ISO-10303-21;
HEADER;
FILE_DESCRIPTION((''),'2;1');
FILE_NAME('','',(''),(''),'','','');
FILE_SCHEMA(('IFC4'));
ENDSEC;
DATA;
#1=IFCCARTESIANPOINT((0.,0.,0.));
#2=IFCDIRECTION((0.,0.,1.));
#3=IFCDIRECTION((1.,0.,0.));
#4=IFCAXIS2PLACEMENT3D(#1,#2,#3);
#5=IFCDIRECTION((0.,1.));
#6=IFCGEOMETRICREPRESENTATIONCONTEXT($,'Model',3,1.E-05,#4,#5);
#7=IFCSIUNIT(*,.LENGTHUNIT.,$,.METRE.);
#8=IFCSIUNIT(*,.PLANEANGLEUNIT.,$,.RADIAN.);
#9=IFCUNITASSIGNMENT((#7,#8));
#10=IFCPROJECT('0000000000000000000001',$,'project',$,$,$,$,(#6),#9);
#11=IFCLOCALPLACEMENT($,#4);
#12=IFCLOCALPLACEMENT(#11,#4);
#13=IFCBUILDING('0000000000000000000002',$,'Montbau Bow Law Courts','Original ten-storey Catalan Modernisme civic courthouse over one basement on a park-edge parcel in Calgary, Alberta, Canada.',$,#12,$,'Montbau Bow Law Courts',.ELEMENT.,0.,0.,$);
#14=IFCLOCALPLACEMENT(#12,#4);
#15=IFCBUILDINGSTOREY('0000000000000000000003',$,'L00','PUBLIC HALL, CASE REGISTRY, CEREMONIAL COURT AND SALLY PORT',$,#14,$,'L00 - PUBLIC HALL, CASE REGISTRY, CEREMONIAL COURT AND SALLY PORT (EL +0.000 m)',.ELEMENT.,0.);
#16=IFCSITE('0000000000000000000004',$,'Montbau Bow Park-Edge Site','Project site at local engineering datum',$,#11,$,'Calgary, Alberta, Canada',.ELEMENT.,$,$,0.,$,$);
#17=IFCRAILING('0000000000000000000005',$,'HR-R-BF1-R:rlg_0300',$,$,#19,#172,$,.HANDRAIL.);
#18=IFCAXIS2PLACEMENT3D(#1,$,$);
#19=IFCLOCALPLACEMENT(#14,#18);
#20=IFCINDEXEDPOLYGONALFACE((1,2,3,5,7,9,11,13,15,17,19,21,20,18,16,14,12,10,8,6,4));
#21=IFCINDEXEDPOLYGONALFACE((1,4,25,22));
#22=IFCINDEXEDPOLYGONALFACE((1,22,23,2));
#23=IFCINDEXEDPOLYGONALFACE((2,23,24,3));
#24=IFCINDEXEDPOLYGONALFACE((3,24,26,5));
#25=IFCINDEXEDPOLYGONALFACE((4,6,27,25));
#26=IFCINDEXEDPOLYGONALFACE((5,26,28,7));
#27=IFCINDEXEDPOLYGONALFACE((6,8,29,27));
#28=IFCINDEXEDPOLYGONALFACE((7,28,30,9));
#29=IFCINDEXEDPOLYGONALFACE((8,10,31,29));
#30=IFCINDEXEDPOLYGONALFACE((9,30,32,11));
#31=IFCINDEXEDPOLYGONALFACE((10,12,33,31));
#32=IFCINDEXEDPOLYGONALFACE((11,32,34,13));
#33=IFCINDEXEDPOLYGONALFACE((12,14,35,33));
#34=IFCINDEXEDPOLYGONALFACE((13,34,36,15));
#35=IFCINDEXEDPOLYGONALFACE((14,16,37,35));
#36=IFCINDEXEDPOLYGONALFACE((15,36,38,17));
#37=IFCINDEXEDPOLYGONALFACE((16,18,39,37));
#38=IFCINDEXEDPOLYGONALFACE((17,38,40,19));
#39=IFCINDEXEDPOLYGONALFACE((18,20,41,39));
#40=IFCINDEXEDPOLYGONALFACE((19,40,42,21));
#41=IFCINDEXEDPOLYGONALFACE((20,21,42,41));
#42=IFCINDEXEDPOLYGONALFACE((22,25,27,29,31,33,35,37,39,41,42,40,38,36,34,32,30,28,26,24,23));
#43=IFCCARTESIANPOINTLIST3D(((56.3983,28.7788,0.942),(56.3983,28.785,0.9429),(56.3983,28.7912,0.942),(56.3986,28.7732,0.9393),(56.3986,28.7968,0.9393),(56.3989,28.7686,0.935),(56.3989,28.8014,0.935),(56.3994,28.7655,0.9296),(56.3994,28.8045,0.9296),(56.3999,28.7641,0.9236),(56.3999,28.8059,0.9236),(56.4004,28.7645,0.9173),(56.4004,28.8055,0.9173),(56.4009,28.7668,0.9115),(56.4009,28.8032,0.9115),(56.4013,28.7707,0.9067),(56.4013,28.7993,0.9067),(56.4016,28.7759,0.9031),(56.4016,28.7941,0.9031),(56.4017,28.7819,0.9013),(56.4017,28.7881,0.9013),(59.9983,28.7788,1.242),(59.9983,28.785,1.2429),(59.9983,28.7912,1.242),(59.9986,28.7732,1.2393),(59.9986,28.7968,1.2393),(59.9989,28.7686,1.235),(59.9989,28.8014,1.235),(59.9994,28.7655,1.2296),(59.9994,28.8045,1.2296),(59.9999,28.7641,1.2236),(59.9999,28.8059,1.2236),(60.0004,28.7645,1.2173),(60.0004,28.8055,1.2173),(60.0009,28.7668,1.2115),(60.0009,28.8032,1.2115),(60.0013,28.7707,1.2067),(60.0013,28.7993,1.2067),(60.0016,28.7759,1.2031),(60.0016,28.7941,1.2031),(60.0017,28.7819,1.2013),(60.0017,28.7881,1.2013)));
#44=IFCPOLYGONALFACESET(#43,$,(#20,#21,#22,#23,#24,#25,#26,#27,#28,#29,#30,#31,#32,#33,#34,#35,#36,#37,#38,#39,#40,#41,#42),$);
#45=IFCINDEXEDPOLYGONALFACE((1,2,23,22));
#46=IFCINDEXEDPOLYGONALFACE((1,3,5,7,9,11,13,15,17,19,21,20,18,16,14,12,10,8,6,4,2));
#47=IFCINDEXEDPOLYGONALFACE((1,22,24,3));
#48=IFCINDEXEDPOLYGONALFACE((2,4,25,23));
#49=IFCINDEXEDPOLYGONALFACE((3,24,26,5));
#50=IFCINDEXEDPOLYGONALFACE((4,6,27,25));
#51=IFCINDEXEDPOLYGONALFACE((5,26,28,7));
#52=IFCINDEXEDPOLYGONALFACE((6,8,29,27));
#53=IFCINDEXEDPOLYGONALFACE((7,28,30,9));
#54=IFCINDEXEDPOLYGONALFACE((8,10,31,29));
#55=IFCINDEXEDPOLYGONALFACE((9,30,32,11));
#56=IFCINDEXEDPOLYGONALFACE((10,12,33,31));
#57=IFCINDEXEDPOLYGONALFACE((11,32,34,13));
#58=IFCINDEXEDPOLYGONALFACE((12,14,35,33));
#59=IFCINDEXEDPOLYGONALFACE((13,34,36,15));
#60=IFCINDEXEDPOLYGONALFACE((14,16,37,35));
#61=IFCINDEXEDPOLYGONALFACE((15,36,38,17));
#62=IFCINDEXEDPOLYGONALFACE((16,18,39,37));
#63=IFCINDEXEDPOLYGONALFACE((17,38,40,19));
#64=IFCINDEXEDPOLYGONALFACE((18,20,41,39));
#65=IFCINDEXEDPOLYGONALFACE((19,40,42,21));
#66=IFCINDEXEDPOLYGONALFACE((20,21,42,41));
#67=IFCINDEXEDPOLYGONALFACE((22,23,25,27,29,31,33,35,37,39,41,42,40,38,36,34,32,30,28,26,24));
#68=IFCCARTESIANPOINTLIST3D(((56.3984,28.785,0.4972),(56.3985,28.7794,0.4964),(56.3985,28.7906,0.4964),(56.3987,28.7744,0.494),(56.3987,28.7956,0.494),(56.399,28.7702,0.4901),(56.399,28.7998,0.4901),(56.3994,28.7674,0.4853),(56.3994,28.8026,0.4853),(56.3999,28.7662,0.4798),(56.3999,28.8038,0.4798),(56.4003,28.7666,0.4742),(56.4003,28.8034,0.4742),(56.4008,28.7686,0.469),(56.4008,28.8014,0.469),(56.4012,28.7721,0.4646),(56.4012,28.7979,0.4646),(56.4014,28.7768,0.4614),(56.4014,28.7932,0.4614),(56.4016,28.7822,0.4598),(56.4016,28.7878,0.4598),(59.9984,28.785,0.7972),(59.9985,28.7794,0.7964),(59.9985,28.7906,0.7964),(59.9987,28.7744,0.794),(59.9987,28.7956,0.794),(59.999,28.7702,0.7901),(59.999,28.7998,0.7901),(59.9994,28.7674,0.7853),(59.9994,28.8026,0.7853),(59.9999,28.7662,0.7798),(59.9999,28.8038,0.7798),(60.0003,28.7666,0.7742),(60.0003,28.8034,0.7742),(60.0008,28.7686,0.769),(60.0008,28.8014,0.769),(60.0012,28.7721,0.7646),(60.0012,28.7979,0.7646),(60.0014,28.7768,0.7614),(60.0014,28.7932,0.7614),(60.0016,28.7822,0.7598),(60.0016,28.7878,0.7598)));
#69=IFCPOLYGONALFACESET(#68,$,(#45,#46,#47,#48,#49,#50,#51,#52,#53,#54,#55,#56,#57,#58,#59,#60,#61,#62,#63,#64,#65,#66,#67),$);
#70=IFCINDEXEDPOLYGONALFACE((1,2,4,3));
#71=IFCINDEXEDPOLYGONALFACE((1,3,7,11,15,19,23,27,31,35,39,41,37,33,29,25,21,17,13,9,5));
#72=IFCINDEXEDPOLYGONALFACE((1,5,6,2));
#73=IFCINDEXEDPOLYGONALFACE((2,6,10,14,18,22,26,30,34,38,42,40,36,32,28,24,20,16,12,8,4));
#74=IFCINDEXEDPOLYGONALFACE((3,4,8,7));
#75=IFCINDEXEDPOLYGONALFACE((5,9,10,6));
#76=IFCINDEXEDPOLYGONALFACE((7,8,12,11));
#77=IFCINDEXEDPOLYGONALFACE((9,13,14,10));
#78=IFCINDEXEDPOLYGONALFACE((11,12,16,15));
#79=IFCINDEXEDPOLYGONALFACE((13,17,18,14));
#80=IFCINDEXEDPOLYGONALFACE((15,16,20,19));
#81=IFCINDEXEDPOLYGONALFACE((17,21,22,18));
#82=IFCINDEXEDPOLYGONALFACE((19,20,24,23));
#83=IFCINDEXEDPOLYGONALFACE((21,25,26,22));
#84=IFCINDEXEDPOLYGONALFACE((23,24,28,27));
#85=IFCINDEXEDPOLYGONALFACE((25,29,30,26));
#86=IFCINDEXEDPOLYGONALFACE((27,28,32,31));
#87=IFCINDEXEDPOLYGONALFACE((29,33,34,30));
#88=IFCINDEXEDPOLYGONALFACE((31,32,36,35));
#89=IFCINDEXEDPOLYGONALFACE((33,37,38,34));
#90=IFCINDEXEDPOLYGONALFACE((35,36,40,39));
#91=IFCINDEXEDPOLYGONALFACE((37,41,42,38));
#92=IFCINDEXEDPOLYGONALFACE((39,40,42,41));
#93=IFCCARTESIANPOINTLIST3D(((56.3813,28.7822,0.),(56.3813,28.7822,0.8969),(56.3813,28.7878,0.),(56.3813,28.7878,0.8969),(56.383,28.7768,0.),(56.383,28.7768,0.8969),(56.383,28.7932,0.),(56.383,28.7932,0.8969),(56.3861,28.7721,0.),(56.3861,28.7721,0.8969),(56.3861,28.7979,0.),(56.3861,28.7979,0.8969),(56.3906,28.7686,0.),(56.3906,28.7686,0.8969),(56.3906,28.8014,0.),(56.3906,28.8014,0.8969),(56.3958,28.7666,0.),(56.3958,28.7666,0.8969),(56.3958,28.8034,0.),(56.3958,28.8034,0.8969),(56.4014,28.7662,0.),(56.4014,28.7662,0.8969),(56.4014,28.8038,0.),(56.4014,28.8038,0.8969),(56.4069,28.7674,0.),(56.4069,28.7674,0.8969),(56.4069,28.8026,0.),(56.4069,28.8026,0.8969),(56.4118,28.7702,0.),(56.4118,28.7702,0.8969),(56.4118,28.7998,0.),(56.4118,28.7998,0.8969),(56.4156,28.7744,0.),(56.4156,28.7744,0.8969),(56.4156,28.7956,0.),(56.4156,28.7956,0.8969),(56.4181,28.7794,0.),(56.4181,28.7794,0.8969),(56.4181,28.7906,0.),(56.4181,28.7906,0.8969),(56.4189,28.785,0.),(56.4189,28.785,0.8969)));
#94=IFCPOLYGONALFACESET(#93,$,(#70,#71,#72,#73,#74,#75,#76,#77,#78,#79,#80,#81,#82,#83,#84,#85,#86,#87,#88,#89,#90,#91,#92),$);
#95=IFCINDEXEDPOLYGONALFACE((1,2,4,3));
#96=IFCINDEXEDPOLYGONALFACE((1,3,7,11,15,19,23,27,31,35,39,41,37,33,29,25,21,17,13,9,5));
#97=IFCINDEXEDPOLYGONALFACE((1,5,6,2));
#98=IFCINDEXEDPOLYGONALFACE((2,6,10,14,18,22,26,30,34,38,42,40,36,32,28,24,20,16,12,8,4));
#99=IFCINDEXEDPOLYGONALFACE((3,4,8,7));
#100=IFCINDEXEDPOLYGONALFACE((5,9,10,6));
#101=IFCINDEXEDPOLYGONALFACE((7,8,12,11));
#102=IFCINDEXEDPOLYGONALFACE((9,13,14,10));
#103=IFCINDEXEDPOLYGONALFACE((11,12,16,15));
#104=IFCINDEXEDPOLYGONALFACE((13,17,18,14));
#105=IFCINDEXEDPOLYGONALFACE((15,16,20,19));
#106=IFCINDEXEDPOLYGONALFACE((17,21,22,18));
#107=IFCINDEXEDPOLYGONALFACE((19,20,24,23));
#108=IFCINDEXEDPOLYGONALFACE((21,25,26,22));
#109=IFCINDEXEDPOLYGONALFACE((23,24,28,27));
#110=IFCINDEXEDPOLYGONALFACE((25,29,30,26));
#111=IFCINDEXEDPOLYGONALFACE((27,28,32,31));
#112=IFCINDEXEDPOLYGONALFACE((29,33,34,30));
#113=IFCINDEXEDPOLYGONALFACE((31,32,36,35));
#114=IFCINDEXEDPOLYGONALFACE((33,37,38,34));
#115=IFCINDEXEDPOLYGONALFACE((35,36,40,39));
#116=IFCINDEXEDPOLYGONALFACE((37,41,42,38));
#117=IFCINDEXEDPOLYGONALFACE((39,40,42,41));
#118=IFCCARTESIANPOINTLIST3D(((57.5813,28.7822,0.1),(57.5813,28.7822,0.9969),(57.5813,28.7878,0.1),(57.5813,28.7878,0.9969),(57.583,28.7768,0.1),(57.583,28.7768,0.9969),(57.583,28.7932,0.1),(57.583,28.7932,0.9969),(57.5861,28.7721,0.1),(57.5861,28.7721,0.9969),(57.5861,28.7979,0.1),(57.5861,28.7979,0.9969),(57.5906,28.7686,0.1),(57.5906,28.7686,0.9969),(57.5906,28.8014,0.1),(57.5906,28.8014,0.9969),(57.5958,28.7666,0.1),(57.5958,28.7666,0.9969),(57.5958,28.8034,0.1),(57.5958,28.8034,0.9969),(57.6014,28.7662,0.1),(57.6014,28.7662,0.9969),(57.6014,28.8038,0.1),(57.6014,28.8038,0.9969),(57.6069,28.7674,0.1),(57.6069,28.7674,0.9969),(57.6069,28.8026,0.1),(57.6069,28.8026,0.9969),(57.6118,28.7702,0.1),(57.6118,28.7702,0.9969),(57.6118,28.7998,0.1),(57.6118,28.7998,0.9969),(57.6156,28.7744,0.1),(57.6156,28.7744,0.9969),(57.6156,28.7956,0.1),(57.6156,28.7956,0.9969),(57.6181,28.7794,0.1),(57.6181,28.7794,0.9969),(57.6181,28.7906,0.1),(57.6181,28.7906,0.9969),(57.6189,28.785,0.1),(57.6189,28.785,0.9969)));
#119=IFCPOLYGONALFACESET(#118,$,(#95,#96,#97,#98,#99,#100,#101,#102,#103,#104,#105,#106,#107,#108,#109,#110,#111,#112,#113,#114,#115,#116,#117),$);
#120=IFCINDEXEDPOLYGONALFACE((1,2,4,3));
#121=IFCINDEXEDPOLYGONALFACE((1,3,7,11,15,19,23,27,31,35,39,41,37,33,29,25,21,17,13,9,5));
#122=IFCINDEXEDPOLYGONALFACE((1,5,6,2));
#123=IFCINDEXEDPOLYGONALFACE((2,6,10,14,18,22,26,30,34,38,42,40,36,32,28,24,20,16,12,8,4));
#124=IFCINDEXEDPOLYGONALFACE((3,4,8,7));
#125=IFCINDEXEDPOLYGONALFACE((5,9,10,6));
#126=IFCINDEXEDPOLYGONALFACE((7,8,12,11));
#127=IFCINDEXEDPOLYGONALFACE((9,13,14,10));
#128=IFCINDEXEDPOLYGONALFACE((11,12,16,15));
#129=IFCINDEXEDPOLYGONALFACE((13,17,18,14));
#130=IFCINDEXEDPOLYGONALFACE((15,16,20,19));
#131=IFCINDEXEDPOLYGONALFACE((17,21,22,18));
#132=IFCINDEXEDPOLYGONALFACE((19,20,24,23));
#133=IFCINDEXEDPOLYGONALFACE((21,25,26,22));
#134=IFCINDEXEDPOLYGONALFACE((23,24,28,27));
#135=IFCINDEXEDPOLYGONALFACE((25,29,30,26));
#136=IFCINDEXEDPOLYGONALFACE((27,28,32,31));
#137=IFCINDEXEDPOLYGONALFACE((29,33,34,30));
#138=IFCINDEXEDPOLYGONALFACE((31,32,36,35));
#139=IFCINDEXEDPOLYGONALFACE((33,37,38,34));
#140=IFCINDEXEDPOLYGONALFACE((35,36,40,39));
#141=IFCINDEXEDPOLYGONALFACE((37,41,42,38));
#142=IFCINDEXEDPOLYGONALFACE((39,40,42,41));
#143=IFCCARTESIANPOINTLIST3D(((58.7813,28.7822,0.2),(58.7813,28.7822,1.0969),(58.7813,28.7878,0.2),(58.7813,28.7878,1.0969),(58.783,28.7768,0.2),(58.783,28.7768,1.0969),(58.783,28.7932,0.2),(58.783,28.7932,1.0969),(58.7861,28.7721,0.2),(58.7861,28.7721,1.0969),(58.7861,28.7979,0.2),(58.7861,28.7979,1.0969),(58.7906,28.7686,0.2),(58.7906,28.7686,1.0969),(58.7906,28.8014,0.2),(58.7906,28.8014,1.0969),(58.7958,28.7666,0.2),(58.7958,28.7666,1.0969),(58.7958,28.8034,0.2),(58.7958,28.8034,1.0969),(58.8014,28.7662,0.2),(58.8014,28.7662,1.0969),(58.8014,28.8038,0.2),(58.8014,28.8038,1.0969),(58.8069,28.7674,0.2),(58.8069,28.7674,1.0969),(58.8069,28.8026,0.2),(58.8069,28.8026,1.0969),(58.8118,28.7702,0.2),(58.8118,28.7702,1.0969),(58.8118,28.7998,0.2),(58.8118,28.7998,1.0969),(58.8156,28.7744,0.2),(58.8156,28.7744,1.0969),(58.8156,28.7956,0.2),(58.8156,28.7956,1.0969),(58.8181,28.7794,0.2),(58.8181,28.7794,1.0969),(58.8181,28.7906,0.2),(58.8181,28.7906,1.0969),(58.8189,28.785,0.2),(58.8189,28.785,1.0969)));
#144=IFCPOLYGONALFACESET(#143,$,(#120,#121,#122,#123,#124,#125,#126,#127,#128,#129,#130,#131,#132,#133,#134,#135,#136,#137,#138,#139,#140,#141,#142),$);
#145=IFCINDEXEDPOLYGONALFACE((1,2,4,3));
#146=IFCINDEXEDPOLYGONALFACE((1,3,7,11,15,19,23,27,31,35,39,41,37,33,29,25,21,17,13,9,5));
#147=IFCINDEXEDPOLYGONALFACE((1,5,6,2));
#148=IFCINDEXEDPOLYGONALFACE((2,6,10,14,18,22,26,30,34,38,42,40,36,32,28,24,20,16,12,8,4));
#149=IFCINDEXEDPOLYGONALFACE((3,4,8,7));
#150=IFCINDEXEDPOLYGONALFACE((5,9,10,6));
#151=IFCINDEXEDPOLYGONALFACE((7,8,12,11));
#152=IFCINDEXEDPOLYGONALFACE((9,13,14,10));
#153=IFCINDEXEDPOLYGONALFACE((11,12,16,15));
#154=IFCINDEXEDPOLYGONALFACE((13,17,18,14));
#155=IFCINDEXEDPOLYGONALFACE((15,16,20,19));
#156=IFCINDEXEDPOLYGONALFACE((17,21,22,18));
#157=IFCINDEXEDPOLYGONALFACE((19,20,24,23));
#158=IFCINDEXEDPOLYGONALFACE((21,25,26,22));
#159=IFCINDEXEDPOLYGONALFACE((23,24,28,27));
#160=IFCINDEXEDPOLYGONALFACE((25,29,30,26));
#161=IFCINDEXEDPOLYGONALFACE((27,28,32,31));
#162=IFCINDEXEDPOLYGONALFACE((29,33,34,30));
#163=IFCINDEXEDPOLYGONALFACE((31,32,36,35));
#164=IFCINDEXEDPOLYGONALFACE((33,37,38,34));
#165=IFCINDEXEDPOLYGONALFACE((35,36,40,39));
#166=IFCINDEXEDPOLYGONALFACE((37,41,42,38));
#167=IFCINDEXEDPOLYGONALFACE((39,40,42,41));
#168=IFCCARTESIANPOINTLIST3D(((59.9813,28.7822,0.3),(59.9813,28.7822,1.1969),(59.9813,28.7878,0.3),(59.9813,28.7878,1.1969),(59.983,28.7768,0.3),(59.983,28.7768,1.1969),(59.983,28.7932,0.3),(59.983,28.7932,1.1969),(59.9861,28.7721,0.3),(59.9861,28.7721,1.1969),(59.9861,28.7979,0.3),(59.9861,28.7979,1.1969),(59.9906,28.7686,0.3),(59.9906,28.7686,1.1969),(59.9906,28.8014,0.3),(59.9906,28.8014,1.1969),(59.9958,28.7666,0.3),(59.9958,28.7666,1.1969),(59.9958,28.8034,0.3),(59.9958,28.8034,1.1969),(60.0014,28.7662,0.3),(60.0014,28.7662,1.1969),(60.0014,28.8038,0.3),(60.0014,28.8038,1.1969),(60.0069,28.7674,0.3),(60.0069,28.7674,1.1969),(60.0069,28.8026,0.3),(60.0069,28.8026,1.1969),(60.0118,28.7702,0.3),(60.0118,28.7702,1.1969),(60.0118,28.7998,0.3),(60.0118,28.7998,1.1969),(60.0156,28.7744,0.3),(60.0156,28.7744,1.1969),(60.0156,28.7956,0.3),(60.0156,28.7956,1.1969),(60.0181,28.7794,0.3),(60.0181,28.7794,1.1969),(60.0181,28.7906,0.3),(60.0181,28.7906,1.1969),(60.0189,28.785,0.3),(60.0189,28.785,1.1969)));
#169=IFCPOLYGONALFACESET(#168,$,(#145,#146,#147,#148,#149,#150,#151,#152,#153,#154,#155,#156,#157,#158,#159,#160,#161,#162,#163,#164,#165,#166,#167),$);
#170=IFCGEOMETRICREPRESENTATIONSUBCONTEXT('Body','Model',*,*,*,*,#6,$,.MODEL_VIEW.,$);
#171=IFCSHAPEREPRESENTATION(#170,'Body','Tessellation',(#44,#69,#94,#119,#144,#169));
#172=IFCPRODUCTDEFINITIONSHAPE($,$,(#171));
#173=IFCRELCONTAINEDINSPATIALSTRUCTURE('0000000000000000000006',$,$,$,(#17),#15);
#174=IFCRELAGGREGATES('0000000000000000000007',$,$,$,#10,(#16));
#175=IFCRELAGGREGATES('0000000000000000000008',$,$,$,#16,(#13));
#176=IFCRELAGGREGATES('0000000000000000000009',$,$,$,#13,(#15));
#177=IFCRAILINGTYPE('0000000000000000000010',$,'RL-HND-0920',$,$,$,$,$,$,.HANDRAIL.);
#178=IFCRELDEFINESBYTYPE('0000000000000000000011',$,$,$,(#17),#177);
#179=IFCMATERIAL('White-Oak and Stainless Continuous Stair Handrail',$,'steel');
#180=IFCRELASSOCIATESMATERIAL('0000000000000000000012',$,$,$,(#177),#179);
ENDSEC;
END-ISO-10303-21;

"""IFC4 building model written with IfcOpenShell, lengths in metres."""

from ifc_helpers import new_model, si_unit, direction, frame, origin_with_axes, origin_2d_with_axis, place, context, subcontext, project, spatial, circle, extrude, material, type_object, element, save


model = new_model("IFC4")

# Units and contexts
model_context = context("Model", 3, precision=1e-05, world=origin_with_axes(), true_north=direction((0.0, 1.0)))
body_context = subcontext(model_context, "Body", "Model", "MODEL_VIEW")
ifc_project = project(units=[si_unit("LENGTHUNIT", "METRE"), si_unit("PLANEANGLEUNIT", "RADIAN")], contexts=[model_context])

# Site, building, storey
site_placement = place(None, origin_with_axes())
site = spatial("IfcSite", under=ifc_project, at=site_placement, Name="Montbau Bow Park-Edge Site", Description="Project site at local engineering datum", LongName="Calgary, Alberta, Canada", CompositionType="ELEMENT", RefElevation=0.0)
building_placement = place(site_placement, origin_with_axes())
building = spatial("IfcBuilding", under=site, at=building_placement, Name="Montbau Bow Law Courts", Description="Original ten-storey Catalan Modernisme civic courthouse over one basement on a park-edge parcel in Calgary, Alberta, Canada.", LongName="Montbau Bow Law Courts", CompositionType="ELEMENT", ElevationOfRefHeight=0.0, ElevationOfTerrain=0.0)
storey_placement = place(building_placement, origin_with_axes())
storey = spatial("IfcBuildingStorey", under=building, at=storey_placement, Name="L00", Description="PUBLIC HALL, CASE REGISTRY, CEREMONIAL COURT AND SALLY PORT", LongName="L00 - PUBLIC HALL, CASE REGISTRY, CEREMONIAL COURT AND SALLY PORT (EL +0.000 m)", CompositionType="ELEMENT", Elevation=0.0)

# Railing
ifc_material_1 = material(Name="White-Oak and Stainless Continuous Stair Handrail", Category="steel")
railing_type_1 = type_object("IfcRailingType", Name="RL-HND-0920", PredefinedType="HANDRAIL", material=ifc_material_1)
railing_1_placement = place(None, origin_with_axes())
element("IfcRailing", 1, at=railing_1_placement, inside=storey, type_object=railing_type_1, Name="HR-R-BF1-R:rlg_0300", PredefinedType="HANDRAIL", context=body_context, shape_type="SweptSolid", body=[
    extrude(circle(Radius=0.021, at=origin_2d_with_axis()), frame((56.4, 28.785, 0.922), z_axis=(0.996546, 0.0, 0.083045), x_axis=(-0.083045, 0.0, 0.996546)), (0.0, 0.0, 1.0), 3.6125),
    extrude(circle(Radius=0.0189, at=origin_2d_with_axis()), frame((56.4, 28.785, 0.4784), z_axis=(0.996546, 0.0, 0.083045), x_axis=(-0.083045, 0.0, 0.996546)), (0.0, 0.0, 1.0), 3.6125),
    extrude(circle(Radius=0.0189, at=origin_2d_with_axis()), frame((56.4, 28.785, 0.0), z_axis=(0.0, 0.0, 1.0), x_axis=(1.0, 0.0, 0.0)), (0.0, 0.0, 1.0), 0.8969),
    extrude(circle(Radius=0.0189, at=origin_2d_with_axis()), frame((57.6, 28.785, 0.1), z_axis=(0.0, 0.0, 1.0), x_axis=(1.0, 0.0, 0.0)), (0.0, 0.0, 1.0), 0.8969),
    extrude(circle(Radius=0.0189, at=origin_2d_with_axis()), frame((58.8, 28.785, 0.2), z_axis=(0.0, 0.0, 1.0), x_axis=(1.0, 0.0, 0.0)), (0.0, 0.0, 1.0), 0.8969),
    extrude(circle(Radius=0.0189, at=origin_2d_with_axis()), frame((60.0, 28.785, 0.3), z_axis=(0.0, 0.0, 1.0), x_axis=(1.0, 0.0, 0.0)), (0.0, 0.0, 1.0), 0.8969),
])

save(model, "model.ifc")
